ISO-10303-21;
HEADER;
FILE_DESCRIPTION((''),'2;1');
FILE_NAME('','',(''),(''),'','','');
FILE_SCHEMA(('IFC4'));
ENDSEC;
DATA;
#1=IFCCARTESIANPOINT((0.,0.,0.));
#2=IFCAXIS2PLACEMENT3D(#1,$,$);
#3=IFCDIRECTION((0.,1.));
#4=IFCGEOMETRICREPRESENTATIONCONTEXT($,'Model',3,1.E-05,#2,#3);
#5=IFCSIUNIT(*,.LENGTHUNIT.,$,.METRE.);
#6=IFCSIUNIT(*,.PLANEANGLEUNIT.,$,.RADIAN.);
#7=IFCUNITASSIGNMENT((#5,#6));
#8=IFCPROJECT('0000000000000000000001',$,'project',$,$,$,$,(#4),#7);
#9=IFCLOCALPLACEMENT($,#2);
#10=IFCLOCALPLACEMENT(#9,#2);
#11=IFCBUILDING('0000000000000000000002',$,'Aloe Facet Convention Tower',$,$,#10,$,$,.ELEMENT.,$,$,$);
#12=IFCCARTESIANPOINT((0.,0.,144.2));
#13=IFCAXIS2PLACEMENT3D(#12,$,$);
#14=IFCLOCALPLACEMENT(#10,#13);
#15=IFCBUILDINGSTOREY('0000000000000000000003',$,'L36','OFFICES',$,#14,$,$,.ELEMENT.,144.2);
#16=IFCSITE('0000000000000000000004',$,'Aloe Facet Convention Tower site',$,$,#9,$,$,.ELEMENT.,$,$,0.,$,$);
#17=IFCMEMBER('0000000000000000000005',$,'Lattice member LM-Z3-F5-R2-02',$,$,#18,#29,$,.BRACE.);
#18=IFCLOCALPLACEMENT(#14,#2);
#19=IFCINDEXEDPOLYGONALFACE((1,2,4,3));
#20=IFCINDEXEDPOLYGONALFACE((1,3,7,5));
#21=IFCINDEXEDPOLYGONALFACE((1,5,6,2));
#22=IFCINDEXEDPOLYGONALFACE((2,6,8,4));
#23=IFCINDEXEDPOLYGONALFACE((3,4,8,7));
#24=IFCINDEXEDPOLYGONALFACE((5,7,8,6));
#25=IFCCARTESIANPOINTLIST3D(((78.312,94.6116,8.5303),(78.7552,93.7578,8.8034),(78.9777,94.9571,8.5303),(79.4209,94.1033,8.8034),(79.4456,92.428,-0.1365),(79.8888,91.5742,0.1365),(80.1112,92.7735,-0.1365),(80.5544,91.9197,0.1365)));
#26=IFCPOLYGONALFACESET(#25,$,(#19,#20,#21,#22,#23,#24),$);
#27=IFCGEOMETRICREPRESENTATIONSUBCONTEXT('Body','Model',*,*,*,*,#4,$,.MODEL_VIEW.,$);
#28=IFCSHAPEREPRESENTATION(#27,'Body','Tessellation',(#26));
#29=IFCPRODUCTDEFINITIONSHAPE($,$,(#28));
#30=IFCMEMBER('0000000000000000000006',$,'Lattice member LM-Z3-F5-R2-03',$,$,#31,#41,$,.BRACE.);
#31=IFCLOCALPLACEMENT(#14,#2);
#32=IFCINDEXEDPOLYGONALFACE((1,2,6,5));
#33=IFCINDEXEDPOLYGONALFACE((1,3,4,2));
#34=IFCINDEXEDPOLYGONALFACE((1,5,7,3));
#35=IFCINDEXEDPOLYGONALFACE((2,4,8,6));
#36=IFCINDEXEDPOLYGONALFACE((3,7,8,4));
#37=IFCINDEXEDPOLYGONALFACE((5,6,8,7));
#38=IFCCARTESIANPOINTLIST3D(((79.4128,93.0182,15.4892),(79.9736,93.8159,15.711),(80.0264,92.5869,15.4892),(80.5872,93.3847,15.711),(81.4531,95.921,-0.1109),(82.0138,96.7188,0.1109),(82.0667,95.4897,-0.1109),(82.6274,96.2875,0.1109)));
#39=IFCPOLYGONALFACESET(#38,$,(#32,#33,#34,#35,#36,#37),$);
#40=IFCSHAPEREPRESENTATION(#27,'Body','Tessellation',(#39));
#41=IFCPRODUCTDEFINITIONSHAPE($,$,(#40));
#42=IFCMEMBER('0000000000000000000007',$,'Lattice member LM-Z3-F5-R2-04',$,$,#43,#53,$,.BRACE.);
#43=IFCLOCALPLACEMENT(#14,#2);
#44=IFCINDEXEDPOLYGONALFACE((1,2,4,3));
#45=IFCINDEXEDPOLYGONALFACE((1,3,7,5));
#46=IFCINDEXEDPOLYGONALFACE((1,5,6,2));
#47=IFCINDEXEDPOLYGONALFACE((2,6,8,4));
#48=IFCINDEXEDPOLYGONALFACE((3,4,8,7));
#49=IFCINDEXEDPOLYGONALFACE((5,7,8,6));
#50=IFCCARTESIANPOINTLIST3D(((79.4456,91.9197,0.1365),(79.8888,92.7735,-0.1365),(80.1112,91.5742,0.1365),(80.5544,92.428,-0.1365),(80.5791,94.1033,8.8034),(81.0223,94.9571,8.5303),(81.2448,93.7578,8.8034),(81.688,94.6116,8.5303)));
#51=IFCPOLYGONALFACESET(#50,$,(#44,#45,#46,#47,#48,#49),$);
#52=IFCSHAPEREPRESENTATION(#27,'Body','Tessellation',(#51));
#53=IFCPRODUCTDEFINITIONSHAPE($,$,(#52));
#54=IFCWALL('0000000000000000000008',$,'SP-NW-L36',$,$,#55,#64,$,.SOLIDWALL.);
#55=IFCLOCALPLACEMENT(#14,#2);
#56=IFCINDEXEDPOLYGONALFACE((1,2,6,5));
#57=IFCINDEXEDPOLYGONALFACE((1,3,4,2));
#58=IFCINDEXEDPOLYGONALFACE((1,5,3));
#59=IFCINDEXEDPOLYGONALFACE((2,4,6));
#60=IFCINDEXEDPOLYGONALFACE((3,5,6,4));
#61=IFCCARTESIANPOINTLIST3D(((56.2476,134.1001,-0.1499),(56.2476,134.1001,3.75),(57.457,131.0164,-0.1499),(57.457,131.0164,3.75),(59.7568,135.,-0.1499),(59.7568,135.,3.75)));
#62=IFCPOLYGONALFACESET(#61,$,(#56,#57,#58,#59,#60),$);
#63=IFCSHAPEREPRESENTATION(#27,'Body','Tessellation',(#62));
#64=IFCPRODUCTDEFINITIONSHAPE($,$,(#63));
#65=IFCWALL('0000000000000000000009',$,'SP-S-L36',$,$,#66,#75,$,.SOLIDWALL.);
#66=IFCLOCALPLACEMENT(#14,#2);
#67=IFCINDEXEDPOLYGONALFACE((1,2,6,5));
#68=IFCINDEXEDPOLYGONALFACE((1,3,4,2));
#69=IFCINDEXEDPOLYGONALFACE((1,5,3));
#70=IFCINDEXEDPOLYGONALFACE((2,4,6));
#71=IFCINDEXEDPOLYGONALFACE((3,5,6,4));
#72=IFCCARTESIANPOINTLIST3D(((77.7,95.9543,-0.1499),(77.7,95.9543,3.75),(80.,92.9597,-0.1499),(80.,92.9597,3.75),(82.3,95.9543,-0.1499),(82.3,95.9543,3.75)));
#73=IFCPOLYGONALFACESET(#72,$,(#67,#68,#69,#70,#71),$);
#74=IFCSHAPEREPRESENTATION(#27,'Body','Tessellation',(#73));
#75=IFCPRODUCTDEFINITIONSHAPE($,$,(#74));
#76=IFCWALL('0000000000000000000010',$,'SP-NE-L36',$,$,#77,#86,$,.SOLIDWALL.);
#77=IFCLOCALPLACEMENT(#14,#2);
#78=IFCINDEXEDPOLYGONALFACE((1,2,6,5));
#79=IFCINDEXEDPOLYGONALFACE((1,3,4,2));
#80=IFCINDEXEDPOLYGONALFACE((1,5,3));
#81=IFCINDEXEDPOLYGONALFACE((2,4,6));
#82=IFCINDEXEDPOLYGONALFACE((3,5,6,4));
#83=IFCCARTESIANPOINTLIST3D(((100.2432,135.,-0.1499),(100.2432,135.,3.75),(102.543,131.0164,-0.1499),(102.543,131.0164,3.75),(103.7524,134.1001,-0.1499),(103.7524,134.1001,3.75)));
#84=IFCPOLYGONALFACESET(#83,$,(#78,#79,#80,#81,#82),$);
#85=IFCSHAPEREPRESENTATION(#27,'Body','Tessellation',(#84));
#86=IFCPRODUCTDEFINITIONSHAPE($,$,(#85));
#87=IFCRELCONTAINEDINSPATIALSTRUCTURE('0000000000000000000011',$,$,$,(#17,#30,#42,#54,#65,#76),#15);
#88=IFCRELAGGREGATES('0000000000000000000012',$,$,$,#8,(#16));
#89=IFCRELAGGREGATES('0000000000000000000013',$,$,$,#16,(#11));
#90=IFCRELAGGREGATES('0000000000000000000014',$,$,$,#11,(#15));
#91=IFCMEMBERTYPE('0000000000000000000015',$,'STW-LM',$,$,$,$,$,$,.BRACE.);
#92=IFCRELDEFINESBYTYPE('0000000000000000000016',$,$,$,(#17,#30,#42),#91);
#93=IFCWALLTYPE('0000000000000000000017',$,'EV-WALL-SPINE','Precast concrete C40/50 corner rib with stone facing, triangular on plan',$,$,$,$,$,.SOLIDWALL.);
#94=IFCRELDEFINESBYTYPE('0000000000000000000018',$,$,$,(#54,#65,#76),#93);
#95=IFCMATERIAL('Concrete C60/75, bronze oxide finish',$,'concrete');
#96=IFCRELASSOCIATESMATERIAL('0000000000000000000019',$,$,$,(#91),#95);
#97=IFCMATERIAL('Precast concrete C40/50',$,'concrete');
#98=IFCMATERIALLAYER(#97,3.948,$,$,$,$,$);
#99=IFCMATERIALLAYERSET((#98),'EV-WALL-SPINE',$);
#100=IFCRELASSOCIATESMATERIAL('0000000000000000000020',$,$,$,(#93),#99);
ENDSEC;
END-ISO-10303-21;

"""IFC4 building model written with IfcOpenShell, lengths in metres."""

from ifc_helpers import new_model, si_unit, direction, frame, origin, origin_2d, place, context, subcontext, project, spatial, polyline, rectangle, outline, extrude, material, layer, layer_set, material_profile, profile_set, type_object, element, save


model = new_model("IFC4")

# Units and contexts
model_context = context("Model", 3, precision=1e-05, world=origin(), true_north=direction((0.0, 1.0)))
body_context = subcontext(model_context, "Body", "Model", "MODEL_VIEW")
ifc_project = project(units=[si_unit("LENGTHUNIT", "METRE"), si_unit("PLANEANGLEUNIT", "RADIAN")], contexts=[model_context])

# Site, building, storey
site_placement = place(None, origin())
site = spatial("IfcSite", under=ifc_project, at=site_placement, Name="Aloe Facet Convention Tower site", CompositionType="ELEMENT", RefElevation=0.0)
building_placement = place(site_placement, origin())
building = spatial("IfcBuilding", under=site, at=building_placement, Name="Aloe Facet Convention Tower", CompositionType="ELEMENT")
storey_placement = place(building_placement, frame((0.0, 0.0, 144.2)))
storey = spatial("IfcBuildingStorey", under=building, at=storey_placement, Name="L36", Description="OFFICES", CompositionType="ELEMENT", Elevation=144.2)

# Members
ifc_material_1 = material(Name="Concrete C60/75, bronze oxide finish", Category="concrete")
ifc_material_profile_1 = material_profile(ifc_material_1, rectangle(XDim=0.75, YDim=1.0, at=origin_2d()), Name="STW-LM")
ifc_profile_set_1 = profile_set([ifc_material_profile_1], Name="Concrete C60/75, bronze oxide finish")
member_type = type_object("IfcMemberType", Name="STW-LM", PredefinedType="BRACE", material=ifc_profile_set_1)
member_1_placement = place(storey_placement, frame((80.0, 92.1738, 0.0), z_axis=(-0.125821, 0.242374, 0.96199), x_axis=(-0.887537, -0.460737, 0.0)))
element("IfcMember", 1, at=member_1_placement, inside=storey, type_object=member_type, Name="Lattice member LM-Z3-F5-R2-02", PredefinedType="BRACE", context=body_context, shape_type="SweptSolid", body=[
    extrude(rectangle(XDim=0.75, YDim=1.0, at=origin_2d()), origin(), (0.0, 0.0, 1.0), 9.0093),
])
member_2_placement = place(storey_placement, frame((82.0403, 96.1042, 0.0), z_axis=(-0.12753, -0.181444, 0.975097), x_axis=(0.818131, -0.575031, 0.0)))
element("IfcMember", 2, at=member_2_placement, inside=storey, type_object=member_type, Name="Lattice member LM-Z3-F5-R2-03", PredefinedType="BRACE", context=body_context, shape_type="SweptSolid", body=[
    extrude(rectangle(XDim=0.75, YDim=1.0, at=origin_2d()), origin(), (0.0, 0.0, 1.0), 15.9985),
])
member_3_placement = place(storey_placement, frame((80.0, 92.1738, 0.0), z_axis=(0.125821, 0.242374, 0.96199), x_axis=(-0.887537, 0.460737, 0.0)))
element("IfcMember", 3, at=member_3_placement, inside=storey, type_object=member_type, Name="Lattice member LM-Z3-F5-R2-04", PredefinedType="BRACE", context=body_context, shape_type="SweptSolid", body=[
    extrude(rectangle(XDim=0.75, YDim=1.0, at=origin_2d()), origin(), (0.0, 0.0, 1.0), 9.0093),
])

# Walls
ifc_material_2 = material(Name="Precast concrete C40/50", Category="concrete")
ifc_layer_1 = layer(ifc_material_2, 3.948)
ifc_layer_set_1 = layer_set([ifc_layer_1], Name="EV-WALL-SPINE")
wall_type_1 = type_object("IfcWallType", Name="EV-WALL-SPINE", Description="Precast concrete C40/50 corner rib with stone facing, triangular on plan", PredefinedType="SOLIDWALL", material=ifc_layer_set_1)
wall_1_placement = place(storey_placement, frame((0.0, 0.0, -0.1499)))
element("IfcWall", 4, at=wall_1_placement, inside=storey, type_object=wall_type_1, Name="SP-NW-L36", PredefinedType="SOLIDWALL", context=body_context, shape_type="SweptSolid", body=[
    extrude(outline(polyline([(59.7568, 135.0), (56.2476, 134.1001), (57.457, 131.0164), (59.7568, 135.0)])), origin(), (0.0, 0.0, 1.0), 3.8999),
])
wall_2_placement = place(storey_placement, frame((0.0, 0.0, -0.1499)))
element("IfcWall", 5, at=wall_2_placement, inside=storey, type_object=wall_type_1, Name="SP-S-L36", PredefinedType="SOLIDWALL", context=body_context, shape_type="SweptSolid", body=[
    extrude(outline(polyline([(77.7, 95.9543), (80.0, 92.9597), (82.3, 95.9543), (77.7, 95.9543)])), origin(), (0.0, 0.0, 1.0), 3.8999),
])
wall_3_placement = place(storey_placement, frame((0.0, 0.0, -0.1499)))
element("IfcWall", 6, at=wall_3_placement, inside=storey, type_object=wall_type_1, Name="SP-NE-L36", PredefinedType="SOLIDWALL", context=body_context, shape_type="SweptSolid", body=[
    extrude(outline(polyline([(102.543, 131.0164), (103.7524, 134.1001), (100.2432, 135.0), (102.543, 131.0164)])), origin(), (0.0, 0.0, 1.0), 3.8999),
])

save(model, "model.ifc")
